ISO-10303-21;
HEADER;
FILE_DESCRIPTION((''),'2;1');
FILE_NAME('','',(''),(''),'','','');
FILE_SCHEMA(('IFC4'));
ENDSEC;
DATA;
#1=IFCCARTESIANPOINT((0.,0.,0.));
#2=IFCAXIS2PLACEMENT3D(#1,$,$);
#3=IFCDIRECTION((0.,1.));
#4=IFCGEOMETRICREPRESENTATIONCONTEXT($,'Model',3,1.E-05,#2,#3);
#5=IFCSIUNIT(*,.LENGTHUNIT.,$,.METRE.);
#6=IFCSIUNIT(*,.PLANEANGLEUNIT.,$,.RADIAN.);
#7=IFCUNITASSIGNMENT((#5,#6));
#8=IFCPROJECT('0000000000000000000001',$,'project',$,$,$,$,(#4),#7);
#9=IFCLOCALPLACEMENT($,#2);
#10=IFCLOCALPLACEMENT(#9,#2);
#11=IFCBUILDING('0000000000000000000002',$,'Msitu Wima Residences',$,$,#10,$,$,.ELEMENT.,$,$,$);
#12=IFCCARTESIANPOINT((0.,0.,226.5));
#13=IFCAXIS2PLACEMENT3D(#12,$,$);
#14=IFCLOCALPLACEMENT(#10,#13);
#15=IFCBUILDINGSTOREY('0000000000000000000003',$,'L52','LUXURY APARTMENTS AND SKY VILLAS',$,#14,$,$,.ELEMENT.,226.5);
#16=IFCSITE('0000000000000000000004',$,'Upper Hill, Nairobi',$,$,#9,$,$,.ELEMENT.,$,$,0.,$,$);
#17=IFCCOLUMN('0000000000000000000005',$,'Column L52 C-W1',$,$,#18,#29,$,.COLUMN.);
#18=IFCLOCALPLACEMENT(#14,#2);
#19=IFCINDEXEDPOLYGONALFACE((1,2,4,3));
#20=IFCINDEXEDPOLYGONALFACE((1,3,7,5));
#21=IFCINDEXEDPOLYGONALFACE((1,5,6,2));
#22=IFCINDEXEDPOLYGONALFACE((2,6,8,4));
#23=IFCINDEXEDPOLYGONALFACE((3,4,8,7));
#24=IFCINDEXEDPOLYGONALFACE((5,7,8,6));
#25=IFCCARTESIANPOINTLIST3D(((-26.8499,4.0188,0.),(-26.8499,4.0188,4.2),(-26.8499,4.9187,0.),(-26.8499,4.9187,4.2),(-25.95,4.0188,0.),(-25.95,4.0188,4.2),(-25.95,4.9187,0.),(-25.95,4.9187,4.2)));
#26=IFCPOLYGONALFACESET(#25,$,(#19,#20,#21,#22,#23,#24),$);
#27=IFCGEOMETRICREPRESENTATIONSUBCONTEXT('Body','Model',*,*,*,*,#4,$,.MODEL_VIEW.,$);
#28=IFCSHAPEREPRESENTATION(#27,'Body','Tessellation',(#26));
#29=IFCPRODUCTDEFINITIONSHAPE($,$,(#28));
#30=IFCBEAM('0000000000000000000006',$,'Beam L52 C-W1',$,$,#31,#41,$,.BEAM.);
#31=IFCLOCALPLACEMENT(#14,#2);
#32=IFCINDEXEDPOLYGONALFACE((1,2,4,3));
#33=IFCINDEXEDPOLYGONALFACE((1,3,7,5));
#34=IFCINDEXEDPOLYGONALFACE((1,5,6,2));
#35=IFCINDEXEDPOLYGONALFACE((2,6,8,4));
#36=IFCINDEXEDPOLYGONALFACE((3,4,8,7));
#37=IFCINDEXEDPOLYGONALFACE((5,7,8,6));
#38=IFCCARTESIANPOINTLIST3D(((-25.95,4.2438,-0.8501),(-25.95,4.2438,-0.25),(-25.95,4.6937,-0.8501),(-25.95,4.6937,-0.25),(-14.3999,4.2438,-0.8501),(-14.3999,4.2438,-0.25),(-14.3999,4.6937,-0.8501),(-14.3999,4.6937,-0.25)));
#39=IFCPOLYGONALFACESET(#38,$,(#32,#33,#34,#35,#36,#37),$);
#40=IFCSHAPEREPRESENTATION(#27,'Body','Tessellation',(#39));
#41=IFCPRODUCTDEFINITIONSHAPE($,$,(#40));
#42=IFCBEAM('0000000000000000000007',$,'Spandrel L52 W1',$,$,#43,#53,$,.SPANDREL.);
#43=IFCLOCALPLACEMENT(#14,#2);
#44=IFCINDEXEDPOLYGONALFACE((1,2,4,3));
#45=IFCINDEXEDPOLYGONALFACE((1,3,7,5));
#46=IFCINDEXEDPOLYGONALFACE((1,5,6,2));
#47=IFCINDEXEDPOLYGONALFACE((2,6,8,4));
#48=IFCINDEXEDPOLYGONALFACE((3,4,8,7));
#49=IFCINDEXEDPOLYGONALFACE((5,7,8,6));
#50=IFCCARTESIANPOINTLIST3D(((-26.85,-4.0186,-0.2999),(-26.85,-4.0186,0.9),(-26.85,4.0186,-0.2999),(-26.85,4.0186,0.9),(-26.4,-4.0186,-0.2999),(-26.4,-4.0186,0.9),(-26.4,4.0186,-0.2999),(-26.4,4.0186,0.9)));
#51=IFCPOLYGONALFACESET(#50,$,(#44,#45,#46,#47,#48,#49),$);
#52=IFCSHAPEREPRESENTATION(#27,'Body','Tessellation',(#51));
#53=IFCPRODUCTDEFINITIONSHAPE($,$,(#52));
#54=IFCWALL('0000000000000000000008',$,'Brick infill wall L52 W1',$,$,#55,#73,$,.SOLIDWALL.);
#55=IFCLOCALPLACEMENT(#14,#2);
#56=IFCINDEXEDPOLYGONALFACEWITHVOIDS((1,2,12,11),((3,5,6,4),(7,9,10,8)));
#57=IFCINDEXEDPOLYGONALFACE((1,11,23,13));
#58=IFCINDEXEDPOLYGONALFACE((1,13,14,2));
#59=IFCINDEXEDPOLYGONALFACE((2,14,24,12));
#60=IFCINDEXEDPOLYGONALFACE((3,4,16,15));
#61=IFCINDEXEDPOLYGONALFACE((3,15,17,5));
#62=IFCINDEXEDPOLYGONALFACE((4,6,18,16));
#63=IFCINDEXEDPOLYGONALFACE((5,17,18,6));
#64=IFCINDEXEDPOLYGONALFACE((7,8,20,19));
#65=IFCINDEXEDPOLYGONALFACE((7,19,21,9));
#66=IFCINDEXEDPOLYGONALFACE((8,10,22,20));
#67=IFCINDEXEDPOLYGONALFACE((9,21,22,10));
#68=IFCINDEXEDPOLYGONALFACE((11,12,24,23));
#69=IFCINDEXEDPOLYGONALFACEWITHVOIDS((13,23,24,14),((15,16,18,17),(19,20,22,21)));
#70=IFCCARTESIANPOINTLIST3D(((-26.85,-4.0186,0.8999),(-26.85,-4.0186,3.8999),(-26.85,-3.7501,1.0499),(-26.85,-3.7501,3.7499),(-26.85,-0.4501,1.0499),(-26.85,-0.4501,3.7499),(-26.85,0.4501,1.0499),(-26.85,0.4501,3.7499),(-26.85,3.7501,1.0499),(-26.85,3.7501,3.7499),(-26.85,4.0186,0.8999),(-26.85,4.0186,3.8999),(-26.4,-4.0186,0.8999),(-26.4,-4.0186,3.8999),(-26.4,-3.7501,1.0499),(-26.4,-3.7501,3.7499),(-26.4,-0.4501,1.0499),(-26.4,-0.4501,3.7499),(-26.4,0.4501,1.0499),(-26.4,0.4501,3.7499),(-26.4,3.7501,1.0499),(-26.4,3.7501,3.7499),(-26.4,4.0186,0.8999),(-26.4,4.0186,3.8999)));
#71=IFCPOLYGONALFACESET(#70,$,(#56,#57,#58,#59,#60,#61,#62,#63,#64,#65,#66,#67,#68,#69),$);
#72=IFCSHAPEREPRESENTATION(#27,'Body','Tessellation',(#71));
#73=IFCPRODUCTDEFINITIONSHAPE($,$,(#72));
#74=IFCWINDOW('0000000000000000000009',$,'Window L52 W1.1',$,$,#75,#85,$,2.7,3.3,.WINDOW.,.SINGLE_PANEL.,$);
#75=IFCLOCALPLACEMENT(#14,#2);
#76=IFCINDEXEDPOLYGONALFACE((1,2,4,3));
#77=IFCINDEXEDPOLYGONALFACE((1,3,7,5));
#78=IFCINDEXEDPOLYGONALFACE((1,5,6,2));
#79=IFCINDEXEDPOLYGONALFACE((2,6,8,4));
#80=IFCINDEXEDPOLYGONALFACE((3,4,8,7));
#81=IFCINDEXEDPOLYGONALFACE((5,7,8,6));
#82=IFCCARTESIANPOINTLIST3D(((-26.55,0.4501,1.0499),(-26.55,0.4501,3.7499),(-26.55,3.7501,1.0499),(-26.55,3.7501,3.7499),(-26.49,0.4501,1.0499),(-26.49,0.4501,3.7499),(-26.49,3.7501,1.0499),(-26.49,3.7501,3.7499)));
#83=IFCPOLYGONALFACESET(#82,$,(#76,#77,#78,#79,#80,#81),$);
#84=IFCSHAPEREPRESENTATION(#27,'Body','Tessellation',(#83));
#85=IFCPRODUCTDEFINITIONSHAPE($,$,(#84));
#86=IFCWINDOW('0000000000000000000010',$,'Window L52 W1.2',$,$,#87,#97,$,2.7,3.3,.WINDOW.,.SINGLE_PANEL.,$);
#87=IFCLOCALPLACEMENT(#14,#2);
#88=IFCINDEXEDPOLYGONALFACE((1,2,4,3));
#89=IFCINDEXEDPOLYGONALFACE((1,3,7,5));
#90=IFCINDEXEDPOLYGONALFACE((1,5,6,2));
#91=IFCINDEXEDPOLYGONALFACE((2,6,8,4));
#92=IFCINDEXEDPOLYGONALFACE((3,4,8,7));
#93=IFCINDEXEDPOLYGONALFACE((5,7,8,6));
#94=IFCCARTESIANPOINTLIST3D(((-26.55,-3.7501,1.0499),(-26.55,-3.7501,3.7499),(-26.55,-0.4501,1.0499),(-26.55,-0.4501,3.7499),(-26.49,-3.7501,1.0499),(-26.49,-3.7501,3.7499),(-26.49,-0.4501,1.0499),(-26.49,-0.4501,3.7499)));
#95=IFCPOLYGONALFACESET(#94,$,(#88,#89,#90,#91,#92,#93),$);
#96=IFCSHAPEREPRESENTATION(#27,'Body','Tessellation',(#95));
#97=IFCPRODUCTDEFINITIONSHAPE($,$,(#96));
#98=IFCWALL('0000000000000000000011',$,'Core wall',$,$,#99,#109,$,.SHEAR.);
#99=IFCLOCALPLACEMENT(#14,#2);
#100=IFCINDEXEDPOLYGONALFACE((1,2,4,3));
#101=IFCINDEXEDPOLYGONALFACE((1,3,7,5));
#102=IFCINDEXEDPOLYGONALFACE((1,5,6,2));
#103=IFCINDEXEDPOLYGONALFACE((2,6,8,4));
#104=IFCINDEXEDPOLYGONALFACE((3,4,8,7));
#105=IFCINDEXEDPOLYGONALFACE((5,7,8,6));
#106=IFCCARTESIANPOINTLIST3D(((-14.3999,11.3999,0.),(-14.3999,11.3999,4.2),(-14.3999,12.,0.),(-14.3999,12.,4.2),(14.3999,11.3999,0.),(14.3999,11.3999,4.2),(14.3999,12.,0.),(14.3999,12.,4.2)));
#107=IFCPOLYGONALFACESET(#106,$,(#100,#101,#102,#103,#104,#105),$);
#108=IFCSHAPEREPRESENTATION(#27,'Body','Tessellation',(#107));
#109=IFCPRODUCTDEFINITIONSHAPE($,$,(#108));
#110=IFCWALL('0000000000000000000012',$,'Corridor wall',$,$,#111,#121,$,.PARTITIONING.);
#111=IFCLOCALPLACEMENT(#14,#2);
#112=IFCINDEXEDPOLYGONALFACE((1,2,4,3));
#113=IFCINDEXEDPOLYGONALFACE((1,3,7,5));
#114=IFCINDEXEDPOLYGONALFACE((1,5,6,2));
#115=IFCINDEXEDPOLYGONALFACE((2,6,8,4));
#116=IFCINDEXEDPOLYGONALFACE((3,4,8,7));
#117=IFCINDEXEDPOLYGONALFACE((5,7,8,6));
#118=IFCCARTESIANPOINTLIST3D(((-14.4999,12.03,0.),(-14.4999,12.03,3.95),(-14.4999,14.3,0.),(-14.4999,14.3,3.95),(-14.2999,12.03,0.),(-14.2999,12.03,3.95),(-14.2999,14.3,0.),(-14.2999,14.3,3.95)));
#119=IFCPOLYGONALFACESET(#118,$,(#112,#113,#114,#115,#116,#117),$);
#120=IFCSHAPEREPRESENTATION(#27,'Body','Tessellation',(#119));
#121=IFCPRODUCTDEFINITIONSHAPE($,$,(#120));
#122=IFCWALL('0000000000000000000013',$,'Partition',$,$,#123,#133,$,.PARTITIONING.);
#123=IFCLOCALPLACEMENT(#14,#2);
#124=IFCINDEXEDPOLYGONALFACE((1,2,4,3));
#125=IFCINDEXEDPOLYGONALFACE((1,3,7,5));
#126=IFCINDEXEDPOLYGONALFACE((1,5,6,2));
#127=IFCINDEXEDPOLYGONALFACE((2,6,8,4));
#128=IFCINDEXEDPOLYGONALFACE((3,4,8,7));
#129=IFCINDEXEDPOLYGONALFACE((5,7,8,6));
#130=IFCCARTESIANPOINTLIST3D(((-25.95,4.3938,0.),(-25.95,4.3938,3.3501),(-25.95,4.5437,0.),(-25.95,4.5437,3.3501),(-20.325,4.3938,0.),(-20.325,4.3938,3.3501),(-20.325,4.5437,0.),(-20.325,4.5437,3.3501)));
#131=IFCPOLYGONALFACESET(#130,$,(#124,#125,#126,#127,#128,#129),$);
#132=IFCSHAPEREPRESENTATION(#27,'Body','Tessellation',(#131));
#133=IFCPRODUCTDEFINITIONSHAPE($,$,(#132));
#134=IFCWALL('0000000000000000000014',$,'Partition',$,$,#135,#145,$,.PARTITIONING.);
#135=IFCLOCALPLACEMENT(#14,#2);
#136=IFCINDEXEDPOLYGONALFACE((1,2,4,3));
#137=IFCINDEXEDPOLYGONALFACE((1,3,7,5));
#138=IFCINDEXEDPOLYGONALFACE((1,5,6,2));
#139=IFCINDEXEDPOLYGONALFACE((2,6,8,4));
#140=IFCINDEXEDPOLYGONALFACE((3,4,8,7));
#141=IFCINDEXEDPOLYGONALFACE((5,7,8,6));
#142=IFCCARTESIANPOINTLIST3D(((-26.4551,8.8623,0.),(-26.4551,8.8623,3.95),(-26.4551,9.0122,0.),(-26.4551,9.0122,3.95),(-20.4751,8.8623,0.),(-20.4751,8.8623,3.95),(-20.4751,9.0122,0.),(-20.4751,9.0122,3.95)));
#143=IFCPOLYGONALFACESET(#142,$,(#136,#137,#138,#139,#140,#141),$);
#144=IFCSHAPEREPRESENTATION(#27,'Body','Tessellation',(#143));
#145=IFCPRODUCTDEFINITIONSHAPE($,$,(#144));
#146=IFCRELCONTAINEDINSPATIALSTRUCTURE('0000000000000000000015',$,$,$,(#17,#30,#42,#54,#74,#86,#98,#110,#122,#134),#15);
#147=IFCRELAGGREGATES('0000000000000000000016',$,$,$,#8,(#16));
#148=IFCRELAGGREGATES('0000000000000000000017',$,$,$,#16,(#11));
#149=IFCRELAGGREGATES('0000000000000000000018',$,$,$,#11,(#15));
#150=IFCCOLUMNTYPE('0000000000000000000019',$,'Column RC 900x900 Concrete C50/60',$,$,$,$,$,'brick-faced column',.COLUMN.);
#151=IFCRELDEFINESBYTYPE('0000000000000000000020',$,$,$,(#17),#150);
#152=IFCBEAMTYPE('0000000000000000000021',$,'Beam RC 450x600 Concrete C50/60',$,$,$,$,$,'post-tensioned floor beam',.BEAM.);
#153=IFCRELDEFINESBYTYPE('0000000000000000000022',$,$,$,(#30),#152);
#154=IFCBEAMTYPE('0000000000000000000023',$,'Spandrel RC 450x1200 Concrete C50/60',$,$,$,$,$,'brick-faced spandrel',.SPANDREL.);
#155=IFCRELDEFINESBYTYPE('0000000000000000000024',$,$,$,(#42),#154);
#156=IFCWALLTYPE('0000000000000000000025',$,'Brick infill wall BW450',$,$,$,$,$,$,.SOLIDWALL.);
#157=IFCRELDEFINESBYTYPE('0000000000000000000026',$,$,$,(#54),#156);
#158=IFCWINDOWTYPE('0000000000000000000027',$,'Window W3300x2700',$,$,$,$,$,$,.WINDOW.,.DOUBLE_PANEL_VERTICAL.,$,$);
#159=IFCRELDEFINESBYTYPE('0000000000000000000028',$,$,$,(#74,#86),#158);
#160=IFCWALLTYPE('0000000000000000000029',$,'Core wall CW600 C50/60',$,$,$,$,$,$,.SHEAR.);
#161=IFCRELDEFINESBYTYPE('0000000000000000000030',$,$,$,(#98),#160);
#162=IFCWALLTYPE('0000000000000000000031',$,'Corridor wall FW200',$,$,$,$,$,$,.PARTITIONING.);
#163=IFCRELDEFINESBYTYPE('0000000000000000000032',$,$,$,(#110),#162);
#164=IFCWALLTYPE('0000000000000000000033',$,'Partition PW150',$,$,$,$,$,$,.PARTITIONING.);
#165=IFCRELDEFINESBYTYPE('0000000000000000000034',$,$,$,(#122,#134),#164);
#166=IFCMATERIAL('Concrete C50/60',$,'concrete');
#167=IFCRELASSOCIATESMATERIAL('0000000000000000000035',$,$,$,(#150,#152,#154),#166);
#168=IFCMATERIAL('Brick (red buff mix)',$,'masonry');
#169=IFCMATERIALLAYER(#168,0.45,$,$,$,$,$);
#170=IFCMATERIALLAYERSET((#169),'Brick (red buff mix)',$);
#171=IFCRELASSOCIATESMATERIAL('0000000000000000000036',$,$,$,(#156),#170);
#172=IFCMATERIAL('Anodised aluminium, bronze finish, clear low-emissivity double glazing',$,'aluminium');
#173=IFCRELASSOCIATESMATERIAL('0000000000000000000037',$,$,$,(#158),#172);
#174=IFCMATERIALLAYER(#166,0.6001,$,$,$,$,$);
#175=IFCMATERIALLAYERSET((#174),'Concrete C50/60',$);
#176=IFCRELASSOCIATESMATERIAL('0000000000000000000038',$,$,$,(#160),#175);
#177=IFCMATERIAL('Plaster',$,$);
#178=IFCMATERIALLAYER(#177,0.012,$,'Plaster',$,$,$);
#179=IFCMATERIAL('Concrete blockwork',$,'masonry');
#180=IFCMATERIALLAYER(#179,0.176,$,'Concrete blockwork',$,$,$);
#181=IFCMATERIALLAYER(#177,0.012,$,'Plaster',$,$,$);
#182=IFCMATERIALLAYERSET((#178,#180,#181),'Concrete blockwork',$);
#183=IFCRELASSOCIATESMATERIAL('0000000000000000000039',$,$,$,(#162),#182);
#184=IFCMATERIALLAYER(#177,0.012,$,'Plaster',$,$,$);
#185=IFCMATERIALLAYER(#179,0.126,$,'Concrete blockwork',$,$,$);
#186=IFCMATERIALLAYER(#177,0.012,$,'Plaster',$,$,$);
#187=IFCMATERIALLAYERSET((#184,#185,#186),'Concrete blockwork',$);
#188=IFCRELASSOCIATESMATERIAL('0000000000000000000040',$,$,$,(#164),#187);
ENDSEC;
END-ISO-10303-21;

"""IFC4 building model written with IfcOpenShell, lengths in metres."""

from ifc_helpers import new_model, si_unit, direction, frame, frame_2d, origin, origin_2d, place, context, subcontext, project, spatial, rectangle, extrude, material, layer, layer_set, material_profile, profile_set, type_object, element, fill, save


model = new_model("IFC4")

# Units and contexts
model_context = context("Model", 3, precision=1e-05, world=origin(), true_north=direction((0.0, 1.0)))
body_context = subcontext(model_context, "Body", "Model", "MODEL_VIEW")
ifc_project = project(units=[si_unit("LENGTHUNIT", "METRE"), si_unit("PLANEANGLEUNIT", "RADIAN")], contexts=[model_context])

# Site, building, storey
site_placement = place(None, origin())
site = spatial("IfcSite", under=ifc_project, at=site_placement, Name="Upper Hill, Nairobi", CompositionType="ELEMENT", RefElevation=0.0)
building_placement = place(site_placement, origin())
building = spatial("IfcBuilding", under=site, at=building_placement, Name="Msitu Wima Residences", CompositionType="ELEMENT")
storey_placement = place(building_placement, frame((0.0, 0.0, 226.5)))
storey = spatial("IfcBuildingStorey", under=building, at=storey_placement, Name="L52", Description="LUXURY APARTMENTS AND SKY VILLAS", CompositionType="ELEMENT", Elevation=226.5)

# Column
ifc_material_1 = material(Name="Concrete C50/60", Category="concrete")
ifc_material_profile_1 = material_profile(ifc_material_1, rectangle(XDim=0.8999, YDim=0.8999, at=origin_2d()), Name="RC 900x900")
ifc_profile_set_1 = profile_set([ifc_material_profile_1], Name="Concrete C50/60")
column_type = type_object("IfcColumnType", Name="Column RC 900x900 Concrete C50/60", ElementType="brick-faced column", PredefinedType="COLUMN", material=ifc_profile_set_1)
column_placement = place(storey_placement, frame((-26.3999, 4.4688, 0.0), z_axis=(0.0, 0.0, 1.0), x_axis=(0.0, -1.0, 0.0)))
element("IfcColumn", 1, at=column_placement, inside=storey, type_object=column_type, Name="Column L52 C-W1", PredefinedType="COLUMN", context=body_context, shape_type="SweptSolid", body=[
    extrude(rectangle(XDim=0.8999, YDim=0.8999, at=origin_2d()), origin(), (0.0, 0.0, 1.0), 4.2),
])

# Beams
ifc_material_profile_2 = material_profile(ifc_material_1, rectangle(XDim=0.45, YDim=0.6001, at=origin_2d()), Name="RC 450x600")
ifc_profile_set_2 = profile_set([ifc_material_profile_2], Name="Concrete C50/60")
beam_type_1 = type_object("IfcBeamType", Name="Beam RC 450x600 Concrete C50/60", ElementType="post-tensioned floor beam", PredefinedType="BEAM", material=ifc_profile_set_2)
beam_1_placement = place(storey_placement, frame((-25.95, 4.4688, -0.55), z_axis=(1.0, 0.0, 0.0), x_axis=(0.0, 1.0, 0.0)))
element("IfcBeam", 2, at=beam_1_placement, inside=storey, type_object=beam_type_1, Name="Beam L52 C-W1", PredefinedType="BEAM", context=body_context, shape_type="SweptSolid", body=[
    extrude(rectangle(XDim=0.45, YDim=0.6001, at=origin_2d()), origin(), (0.0, 0.0, 1.0), 11.55),
])
ifc_material_profile_3 = material_profile(ifc_material_1, rectangle(XDim=0.45, YDim=1.2, at=origin_2d()), Name="RC 450x1200")
ifc_profile_set_3 = profile_set([ifc_material_profile_3], Name="Concrete C50/60")
beam_type_2 = type_object("IfcBeamType", Name="Spandrel RC 450x1200 Concrete C50/60", ElementType="brick-faced spandrel", PredefinedType="SPANDREL", material=ifc_profile_set_3)
beam_2_placement = place(storey_placement, frame((-26.625, 4.0186, 0.3), z_axis=(0.0, -1.0, 0.0), x_axis=(1.0, 0.0, 0.0)))
element("IfcBeam", 3, at=beam_2_placement, inside=storey, type_object=beam_type_2, Name="Spandrel L52 W1", PredefinedType="SPANDREL", context=body_context, shape_type="SweptSolid", body=[
    extrude(rectangle(XDim=0.45, YDim=1.2, at=origin_2d()), origin(), (0.0, 0.0, 1.0), 8.0371),
])

# Wall, openings, windows
ifc_material_2 = material(Name="Brick (red buff mix)", Category="masonry")
ifc_layer_1 = layer(ifc_material_2, 0.45)
ifc_layer_set_1 = layer_set([ifc_layer_1], Name="Brick (red buff mix)")
wall_type_1 = type_object("IfcWallType", Name="Brick infill wall BW450", PredefinedType="SOLIDWALL", material=ifc_layer_set_1)
wall_1_placement = place(storey_placement, frame((-26.625, 4.0186, 0.8999), z_axis=(0.0, 0.0, 1.0), x_axis=(0.0, -1.0, 0.0)))
wall_1 = element("IfcWall", 4, at=wall_1_placement, inside=storey, type_object=wall_type_1, Name="Brick infill wall L52 W1", PredefinedType="SOLIDWALL", context=body_context, shape_type="SweptSolid", body=[
    extrude(rectangle(XDim=8.0371, YDim=0.45, at=frame_2d((4.0186, 0.0))), origin(), (0.0, 0.0, 1.0), 3.0),
])
opening_1_placement = place(wall_1_placement, frame((0.2686, 0.0, 0.1499)))
opening_1 = element("IfcOpeningElement", 5, at=opening_1_placement, cuts=wall_1, PredefinedType="OPENING", context=body_context, shape_type="SweptSolid", body=[
    extrude(rectangle(XDim=3.3, YDim=2.7, at=frame_2d((1.6499, 1.3501))), frame((0.0, 0.2349, 0.0), z_axis=(0.0, -1.0, 0.0), x_axis=(1.0, 0.0, 0.0)), (0.0, 0.0, 1.0), 0.47),
])
opening_2_placement = place(wall_1_placement, frame((4.4688, 0.0, 0.1499)))
opening_2 = element("IfcOpeningElement", 6, at=opening_2_placement, cuts=wall_1, PredefinedType="OPENING", context=body_context, shape_type="SweptSolid", body=[
    extrude(rectangle(XDim=3.3, YDim=2.7, at=frame_2d((1.6499, 1.3501))), frame((0.0, 0.2349, 0.0), z_axis=(0.0, -1.0, 0.0), x_axis=(1.0, 0.0, 0.0)), (0.0, 0.0, 1.0), 0.47),
])
ifc_material_3 = material(Name="Anodised aluminium, bronze finish, clear low-emissivity double glazing", Category="aluminium")
window_type = type_object("IfcWindowType", Name="Window W3300x2700", PartitioningType="DOUBLE_PANEL_VERTICAL", PredefinedType="WINDOW", material=ifc_material_3)
window_1_placement = place(opening_1_placement, origin())
window_1 = element("IfcWindow", 7, at=window_1_placement, inside=storey, type_object=window_type, Name="Window L52 W1.1", OverallHeight=2.7, OverallWidth=3.3, PartitioningType="SINGLE_PANEL", PredefinedType="WINDOW", context=body_context, shape_type="SweptSolid", body=[
    extrude(rectangle(XDim=3.3, YDim=2.7, at=frame_2d((1.6499, 1.3501))), frame((0.0, 0.135, 0.0), z_axis=(0.0, -1.0, 0.0), x_axis=(1.0, 0.0, 0.0)), (0.0, 0.0, 1.0), 0.0601),
])
fill(opening_1, window_1)
window_2_placement = place(opening_2_placement, origin())
window_2 = element("IfcWindow", 8, at=window_2_placement, inside=storey, type_object=window_type, Name="Window L52 W1.2", OverallHeight=2.7, OverallWidth=3.3, PartitioningType="SINGLE_PANEL", PredefinedType="WINDOW", context=body_context, shape_type="SweptSolid", body=[
    extrude(rectangle(XDim=3.3, YDim=2.7, at=frame_2d((1.6499, 1.3501))), frame((0.0, 0.135, 0.0), z_axis=(0.0, -1.0, 0.0), x_axis=(1.0, 0.0, 0.0)), (0.0, 0.0, 1.0), 0.0601),
])
fill(opening_2, window_2)

# Walls
ifc_layer_2 = layer(ifc_material_1, 0.6001)
ifc_layer_set_2 = layer_set([ifc_layer_2], Name="Concrete C50/60")
wall_type_2 = type_object("IfcWallType", Name="Core wall CW600 C50/60", PredefinedType="SHEAR", material=ifc_layer_set_2)
wall_2_placement = place(storey_placement, frame((-14.3999, 11.7, 0.0), z_axis=(0.0, 0.0, 1.0), x_axis=(1.0, 0.0, 0.0)))
element("IfcWall", 9, at=wall_2_placement, inside=storey, type_object=wall_type_2, Name="Core wall", PredefinedType="SHEAR", context=body_context, shape_type="SweptSolid", body=[
    extrude(rectangle(XDim=28.7998, YDim=0.6001, at=frame_2d((14.3999, 0.0))), origin(), (0.0, 0.0, 1.0), 4.2),
])
ifc_material_4 = material(Name="Plaster")
ifc_layer_3 = layer(ifc_material_4, 0.012, Name="Plaster")
ifc_material_5 = material(Name="Concrete blockwork", Category="masonry")
ifc_layer_4 = layer(ifc_material_5, 0.176, Name="Concrete blockwork")
ifc_layer_5 = layer(ifc_material_4, 0.012, Name="Plaster")
ifc_layer_set_3 = layer_set([ifc_layer_3, ifc_layer_4, ifc_layer_5], Name="Concrete blockwork")
wall_type_3 = type_object("IfcWallType", Name="Corridor wall FW200", PredefinedType="PARTITIONING", material=ifc_layer_set_3)
wall_3_placement = place(storey_placement, frame((-14.3999, 12.03, 0.0), z_axis=(0.0, 0.0, 1.0), x_axis=(0.0, 1.0, 0.0)))
element("IfcWall", 10, at=wall_3_placement, inside=storey, type_object=wall_type_3, Name="Corridor wall", PredefinedType="PARTITIONING", context=body_context, shape_type="SweptSolid", body=[
    extrude(rectangle(XDim=2.27, YDim=0.2, at=frame_2d((1.135, 0.0))), origin(), (0.0, 0.0, 1.0), 3.95),
])
ifc_layer_6 = layer(ifc_material_4, 0.012, Name="Plaster")
ifc_layer_7 = layer(ifc_material_5, 0.126, Name="Concrete blockwork")
ifc_layer_8 = layer(ifc_material_4, 0.012, Name="Plaster")
ifc_layer_set_4 = layer_set([ifc_layer_6, ifc_layer_7, ifc_layer_8], Name="Concrete blockwork")
wall_type_4 = type_object("IfcWallType", Name="Partition PW150", PredefinedType="PARTITIONING", material=ifc_layer_set_4)
wall_4_placement = place(storey_placement, frame((-25.95, 4.4688, 0.0), z_axis=(0.0, 0.0, 1.0), x_axis=(1.0, 0.0, 0.0)))
element("IfcWall", 11, at=wall_4_placement, inside=storey, type_object=wall_type_4, Name="Partition", PredefinedType="PARTITIONING", context=body_context, shape_type="SweptSolid", body=[
    extrude(rectangle(XDim=5.625, YDim=0.1499, at=frame_2d((2.8125, 0.0))), origin(), (0.0, 0.0, 1.0), 3.3501),
])
wall_5_placement = place(storey_placement, frame((-26.4551, 8.9373, 0.0), z_axis=(0.0, 0.0, 1.0), x_axis=(1.0, 0.0, 0.0)))
element("IfcWall", 12, at=wall_5_placement, inside=storey, type_object=wall_type_4, Name="Partition", PredefinedType="PARTITIONING", context=body_context, shape_type="SweptSolid", body=[
    extrude(rectangle(XDim=5.98, YDim=0.1499, at=frame_2d((2.99, 0.0))), origin(), (0.0, 0.0, 1.0), 3.95),
])

save(model, "model.ifc")
